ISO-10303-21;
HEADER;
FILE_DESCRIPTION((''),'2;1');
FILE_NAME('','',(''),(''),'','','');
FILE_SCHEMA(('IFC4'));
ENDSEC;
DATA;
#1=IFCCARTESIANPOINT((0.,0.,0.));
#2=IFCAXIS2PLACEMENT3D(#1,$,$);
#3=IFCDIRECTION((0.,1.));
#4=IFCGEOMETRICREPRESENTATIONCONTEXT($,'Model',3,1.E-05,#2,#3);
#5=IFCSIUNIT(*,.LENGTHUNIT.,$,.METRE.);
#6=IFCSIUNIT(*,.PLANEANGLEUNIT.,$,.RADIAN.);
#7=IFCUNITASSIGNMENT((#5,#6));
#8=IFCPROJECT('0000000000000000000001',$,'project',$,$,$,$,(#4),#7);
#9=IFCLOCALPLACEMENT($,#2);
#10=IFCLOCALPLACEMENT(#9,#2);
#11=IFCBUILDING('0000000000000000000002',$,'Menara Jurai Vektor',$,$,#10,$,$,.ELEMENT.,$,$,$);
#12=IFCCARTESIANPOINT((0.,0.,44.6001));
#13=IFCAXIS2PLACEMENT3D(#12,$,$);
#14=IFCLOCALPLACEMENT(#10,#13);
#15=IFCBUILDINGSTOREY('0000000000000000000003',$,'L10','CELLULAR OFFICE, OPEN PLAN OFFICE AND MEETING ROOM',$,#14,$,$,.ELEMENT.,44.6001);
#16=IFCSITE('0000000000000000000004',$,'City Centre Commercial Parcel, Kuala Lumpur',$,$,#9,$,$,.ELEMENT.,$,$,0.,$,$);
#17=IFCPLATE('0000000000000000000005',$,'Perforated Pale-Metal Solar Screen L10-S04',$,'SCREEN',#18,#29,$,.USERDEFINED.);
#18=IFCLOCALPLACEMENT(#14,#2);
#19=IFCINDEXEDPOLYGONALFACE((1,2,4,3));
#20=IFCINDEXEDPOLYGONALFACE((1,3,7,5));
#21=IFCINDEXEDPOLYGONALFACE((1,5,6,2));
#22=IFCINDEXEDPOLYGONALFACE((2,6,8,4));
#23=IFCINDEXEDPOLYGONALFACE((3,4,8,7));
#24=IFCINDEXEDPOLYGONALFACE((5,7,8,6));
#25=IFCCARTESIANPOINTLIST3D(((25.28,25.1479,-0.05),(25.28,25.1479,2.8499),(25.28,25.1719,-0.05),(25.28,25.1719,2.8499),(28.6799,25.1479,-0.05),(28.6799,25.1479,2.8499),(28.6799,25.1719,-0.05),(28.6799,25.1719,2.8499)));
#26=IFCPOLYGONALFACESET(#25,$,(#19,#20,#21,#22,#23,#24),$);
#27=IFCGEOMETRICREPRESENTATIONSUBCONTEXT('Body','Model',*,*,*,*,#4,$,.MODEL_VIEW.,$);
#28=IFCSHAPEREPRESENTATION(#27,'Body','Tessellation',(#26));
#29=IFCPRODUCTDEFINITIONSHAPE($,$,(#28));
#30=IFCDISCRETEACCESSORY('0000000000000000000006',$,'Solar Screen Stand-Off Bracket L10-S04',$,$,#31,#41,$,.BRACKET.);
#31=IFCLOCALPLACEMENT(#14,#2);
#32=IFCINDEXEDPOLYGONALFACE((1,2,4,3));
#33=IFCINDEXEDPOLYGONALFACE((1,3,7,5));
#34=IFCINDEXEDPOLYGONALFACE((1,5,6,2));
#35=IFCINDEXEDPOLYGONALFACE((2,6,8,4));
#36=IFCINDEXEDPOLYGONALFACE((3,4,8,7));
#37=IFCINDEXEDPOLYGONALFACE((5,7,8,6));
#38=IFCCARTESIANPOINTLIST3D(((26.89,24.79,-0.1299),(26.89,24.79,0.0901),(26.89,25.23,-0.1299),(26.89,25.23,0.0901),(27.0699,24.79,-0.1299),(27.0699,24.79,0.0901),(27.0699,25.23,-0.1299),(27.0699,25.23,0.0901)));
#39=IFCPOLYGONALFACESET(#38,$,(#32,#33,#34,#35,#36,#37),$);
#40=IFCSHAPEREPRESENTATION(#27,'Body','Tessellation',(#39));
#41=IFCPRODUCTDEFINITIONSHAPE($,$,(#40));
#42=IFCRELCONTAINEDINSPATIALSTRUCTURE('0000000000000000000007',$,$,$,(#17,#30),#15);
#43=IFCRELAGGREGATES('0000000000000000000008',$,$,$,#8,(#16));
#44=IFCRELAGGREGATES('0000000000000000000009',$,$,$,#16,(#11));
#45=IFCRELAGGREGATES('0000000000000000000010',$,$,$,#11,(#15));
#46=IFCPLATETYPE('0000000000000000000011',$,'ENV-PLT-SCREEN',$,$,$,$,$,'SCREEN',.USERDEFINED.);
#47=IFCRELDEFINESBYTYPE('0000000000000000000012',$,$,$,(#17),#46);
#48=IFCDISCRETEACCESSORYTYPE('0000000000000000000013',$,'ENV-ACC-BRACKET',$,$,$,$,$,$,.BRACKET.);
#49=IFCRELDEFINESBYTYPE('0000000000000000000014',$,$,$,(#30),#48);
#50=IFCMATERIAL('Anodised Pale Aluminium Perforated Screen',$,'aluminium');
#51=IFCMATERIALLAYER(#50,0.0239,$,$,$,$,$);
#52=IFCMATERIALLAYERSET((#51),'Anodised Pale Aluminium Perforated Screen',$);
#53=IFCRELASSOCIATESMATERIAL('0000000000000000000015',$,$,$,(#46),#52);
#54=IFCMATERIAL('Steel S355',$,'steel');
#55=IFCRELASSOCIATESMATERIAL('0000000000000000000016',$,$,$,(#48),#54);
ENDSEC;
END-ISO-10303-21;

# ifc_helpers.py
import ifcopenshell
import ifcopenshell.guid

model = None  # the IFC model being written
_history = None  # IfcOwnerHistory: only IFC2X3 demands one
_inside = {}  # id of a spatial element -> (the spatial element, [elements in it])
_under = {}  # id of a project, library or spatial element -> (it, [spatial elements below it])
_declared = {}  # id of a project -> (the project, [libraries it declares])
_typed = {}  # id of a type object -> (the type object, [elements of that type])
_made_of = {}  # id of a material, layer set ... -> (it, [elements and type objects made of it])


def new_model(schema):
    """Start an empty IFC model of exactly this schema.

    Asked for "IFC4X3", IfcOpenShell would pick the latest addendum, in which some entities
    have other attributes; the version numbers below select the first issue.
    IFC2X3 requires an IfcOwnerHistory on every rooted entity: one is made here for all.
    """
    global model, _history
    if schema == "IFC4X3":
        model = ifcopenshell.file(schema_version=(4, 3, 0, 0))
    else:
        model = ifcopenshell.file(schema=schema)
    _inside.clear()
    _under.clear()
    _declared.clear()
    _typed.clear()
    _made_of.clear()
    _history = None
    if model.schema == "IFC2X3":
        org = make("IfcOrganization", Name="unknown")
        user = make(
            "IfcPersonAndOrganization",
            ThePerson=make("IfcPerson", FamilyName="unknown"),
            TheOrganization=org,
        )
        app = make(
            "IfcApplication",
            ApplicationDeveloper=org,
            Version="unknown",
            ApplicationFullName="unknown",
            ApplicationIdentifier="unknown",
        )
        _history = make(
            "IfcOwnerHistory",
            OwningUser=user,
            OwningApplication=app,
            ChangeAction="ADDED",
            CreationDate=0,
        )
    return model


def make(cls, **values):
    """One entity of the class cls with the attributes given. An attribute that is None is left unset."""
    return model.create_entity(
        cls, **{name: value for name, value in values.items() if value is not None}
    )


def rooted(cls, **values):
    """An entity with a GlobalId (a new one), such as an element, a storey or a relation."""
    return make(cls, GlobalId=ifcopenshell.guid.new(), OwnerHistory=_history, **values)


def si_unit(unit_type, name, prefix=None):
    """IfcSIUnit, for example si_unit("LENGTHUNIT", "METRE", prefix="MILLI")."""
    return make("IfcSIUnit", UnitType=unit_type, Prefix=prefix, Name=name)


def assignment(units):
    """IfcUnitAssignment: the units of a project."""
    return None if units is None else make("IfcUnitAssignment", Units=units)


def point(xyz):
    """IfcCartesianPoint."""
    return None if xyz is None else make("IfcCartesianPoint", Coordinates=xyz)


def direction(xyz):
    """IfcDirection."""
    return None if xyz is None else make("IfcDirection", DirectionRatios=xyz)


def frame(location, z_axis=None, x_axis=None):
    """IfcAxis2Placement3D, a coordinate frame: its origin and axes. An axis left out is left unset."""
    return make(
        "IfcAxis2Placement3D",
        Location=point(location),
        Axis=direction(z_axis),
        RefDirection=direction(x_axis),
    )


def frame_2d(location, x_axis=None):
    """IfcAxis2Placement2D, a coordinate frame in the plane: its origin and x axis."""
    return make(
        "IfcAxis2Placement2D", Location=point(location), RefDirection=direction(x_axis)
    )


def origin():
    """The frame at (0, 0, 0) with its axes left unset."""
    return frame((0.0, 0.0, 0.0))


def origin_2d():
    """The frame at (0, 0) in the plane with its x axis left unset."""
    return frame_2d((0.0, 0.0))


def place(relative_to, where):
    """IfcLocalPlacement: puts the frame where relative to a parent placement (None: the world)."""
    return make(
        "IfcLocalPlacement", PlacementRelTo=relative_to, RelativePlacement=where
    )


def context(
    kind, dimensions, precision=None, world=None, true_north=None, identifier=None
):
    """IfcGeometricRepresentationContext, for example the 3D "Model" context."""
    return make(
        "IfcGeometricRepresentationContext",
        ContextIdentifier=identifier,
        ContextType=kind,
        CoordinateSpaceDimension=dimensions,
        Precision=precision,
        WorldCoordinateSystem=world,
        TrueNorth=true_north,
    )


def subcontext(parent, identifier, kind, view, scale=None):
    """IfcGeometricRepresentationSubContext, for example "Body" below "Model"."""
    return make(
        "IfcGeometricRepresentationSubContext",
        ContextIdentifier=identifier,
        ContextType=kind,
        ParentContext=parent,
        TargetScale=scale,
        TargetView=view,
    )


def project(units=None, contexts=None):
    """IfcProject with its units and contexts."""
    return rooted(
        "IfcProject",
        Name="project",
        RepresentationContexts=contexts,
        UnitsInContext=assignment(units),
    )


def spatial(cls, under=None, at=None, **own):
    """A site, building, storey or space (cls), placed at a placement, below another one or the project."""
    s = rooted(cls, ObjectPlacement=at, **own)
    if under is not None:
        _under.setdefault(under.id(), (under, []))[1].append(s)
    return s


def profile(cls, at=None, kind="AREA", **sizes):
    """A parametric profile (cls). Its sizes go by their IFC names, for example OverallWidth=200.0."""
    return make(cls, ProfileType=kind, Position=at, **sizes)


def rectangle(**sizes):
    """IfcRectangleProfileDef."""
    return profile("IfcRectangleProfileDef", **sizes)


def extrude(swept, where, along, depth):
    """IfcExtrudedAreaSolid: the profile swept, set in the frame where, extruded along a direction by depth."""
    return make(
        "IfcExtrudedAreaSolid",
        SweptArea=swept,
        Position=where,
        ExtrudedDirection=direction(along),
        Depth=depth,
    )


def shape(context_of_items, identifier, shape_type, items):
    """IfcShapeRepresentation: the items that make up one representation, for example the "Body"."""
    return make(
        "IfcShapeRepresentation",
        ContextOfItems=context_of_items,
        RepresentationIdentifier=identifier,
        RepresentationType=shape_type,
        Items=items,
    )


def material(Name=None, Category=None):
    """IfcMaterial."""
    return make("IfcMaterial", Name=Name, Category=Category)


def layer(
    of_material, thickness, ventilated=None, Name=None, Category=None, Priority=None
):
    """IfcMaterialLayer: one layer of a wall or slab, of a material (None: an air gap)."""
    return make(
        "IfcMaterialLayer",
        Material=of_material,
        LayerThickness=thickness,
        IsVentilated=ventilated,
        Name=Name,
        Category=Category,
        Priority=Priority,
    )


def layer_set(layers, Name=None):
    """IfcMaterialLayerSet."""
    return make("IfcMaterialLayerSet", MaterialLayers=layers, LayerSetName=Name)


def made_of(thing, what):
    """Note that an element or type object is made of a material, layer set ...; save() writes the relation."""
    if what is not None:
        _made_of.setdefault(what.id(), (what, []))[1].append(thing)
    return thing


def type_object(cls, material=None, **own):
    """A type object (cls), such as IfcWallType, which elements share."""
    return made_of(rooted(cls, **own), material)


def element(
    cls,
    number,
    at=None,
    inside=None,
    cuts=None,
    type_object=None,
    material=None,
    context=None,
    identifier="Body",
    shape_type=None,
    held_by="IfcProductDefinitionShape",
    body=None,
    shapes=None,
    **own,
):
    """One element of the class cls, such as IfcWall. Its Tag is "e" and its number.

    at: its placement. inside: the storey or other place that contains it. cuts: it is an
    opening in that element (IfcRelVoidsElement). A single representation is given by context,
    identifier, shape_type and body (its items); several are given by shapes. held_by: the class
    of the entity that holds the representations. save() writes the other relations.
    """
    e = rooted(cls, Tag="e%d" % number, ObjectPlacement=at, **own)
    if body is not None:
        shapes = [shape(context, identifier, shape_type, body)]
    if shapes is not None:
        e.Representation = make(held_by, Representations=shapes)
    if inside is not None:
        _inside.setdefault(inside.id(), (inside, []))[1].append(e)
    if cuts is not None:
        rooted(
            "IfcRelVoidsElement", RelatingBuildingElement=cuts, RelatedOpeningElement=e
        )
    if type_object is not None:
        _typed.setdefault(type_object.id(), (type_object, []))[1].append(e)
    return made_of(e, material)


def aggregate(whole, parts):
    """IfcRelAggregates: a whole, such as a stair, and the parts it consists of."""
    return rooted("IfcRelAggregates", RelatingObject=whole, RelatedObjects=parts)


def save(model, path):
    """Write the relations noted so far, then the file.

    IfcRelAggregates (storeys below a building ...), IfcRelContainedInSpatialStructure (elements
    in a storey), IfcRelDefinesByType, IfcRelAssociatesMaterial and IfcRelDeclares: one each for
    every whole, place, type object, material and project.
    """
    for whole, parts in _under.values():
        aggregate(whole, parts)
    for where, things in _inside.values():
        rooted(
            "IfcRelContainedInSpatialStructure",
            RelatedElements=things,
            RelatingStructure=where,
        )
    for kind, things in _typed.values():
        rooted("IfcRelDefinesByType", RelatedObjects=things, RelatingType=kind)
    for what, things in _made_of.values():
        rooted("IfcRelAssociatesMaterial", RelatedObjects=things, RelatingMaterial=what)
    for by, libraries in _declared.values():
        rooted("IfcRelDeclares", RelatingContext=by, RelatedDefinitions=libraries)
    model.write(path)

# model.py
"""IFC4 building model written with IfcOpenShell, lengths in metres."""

from ifc_helpers import new_model, si_unit, direction, frame, origin, origin_2d, place, context, subcontext, project, spatial, rectangle, extrude, material, layer, layer_set, type_object, element, save


model = new_model("IFC4")

# Units and contexts
model_context = context("Model", 3, precision=1e-05, world=origin(), true_north=direction((0.0, 1.0)))
body_context = subcontext(model_context, "Body", "Model", "MODEL_VIEW")
ifc_project = project(units=[si_unit("LENGTHUNIT", "METRE"), si_unit("PLANEANGLEUNIT", "RADIAN")], contexts=[model_context])

# Site, building, storey
site_placement = place(None, origin())
site = spatial("IfcSite", under=ifc_project, at=site_placement, Name="City Centre Commercial Parcel, Kuala Lumpur", CompositionType="ELEMENT", RefElevation=0.0)
building_placement = place(site_placement, origin())
building = spatial("IfcBuilding", under=site, at=building_placement, Name="Menara Jurai Vektor", CompositionType="ELEMENT")
storey_placement = place(building_placement, frame((0.0, 0.0, 44.6001)))
storey = spatial("IfcBuildingStorey", under=building, at=storey_placement, Name="L10", Description="CELLULAR OFFICE, OPEN PLAN OFFICE AND MEETING ROOM", CompositionType="ELEMENT", Elevation=44.6001)

# Shared definitions
ifc_material_1 = material(Name="Steel S355", Category="steel")

# Plate
ifc_material_2 = material(Name="Anodised Pale Aluminium Perforated Screen", Category="aluminium")
ifc_layer_1 = layer(ifc_material_2, 0.0239)
ifc_layer_set_1 = layer_set([ifc_layer_1], Name="Anodised Pale Aluminium Perforated Screen")
plate_type_1 = type_object("IfcPlateType", Name="ENV-PLT-SCREEN", ElementType="SCREEN", PredefinedType="USERDEFINED", material=ifc_layer_set_1)
plate_1_placement = place(storey_placement, frame((26.98, 25.1599, -0.05), z_axis=(0.0, 0.0, 1.0), x_axis=(-1.0, 0.0, 0.0)))
element("IfcPlate", 1, at=plate_1_placement, inside=storey, type_object=plate_type_1, Name="Perforated Pale-Metal Solar Screen L10-S04", ObjectType="SCREEN", PredefinedType="USERDEFINED", context=body_context, shape_type="SweptSolid", body=[
    extrude(rectangle(XDim=3.3999, YDim=0.0239, at=origin_2d()), origin(), (0.0, 0.0, 1.0), 2.8999),
])

# Discrete accessory
discrete_accessory_type = type_object("IfcDiscreteAccessoryType", Name="ENV-ACC-BRACKET", PredefinedType="BRACKET", material=ifc_material_1)
discrete_accessory_placement = place(storey_placement, frame((26.98, 25.01, -0.1299), z_axis=(0.0, 0.0, 1.0), x_axis=(-1.0, 0.0, 0.0)))
element("IfcDiscreteAccessory", 2, at=discrete_accessory_placement, inside=storey, type_object=discrete_accessory_type, Name="Solar Screen Stand-Off Bracket L10-S04", PredefinedType="BRACKET", context=body_context, shape_type="SweptSolid", body=[
    extrude(rectangle(XDim=0.1799, YDim=0.4399, at=origin_2d()), origin(), (0.0, 0.0, 1.0), 0.22),
])

save(model, "model.ifc")
